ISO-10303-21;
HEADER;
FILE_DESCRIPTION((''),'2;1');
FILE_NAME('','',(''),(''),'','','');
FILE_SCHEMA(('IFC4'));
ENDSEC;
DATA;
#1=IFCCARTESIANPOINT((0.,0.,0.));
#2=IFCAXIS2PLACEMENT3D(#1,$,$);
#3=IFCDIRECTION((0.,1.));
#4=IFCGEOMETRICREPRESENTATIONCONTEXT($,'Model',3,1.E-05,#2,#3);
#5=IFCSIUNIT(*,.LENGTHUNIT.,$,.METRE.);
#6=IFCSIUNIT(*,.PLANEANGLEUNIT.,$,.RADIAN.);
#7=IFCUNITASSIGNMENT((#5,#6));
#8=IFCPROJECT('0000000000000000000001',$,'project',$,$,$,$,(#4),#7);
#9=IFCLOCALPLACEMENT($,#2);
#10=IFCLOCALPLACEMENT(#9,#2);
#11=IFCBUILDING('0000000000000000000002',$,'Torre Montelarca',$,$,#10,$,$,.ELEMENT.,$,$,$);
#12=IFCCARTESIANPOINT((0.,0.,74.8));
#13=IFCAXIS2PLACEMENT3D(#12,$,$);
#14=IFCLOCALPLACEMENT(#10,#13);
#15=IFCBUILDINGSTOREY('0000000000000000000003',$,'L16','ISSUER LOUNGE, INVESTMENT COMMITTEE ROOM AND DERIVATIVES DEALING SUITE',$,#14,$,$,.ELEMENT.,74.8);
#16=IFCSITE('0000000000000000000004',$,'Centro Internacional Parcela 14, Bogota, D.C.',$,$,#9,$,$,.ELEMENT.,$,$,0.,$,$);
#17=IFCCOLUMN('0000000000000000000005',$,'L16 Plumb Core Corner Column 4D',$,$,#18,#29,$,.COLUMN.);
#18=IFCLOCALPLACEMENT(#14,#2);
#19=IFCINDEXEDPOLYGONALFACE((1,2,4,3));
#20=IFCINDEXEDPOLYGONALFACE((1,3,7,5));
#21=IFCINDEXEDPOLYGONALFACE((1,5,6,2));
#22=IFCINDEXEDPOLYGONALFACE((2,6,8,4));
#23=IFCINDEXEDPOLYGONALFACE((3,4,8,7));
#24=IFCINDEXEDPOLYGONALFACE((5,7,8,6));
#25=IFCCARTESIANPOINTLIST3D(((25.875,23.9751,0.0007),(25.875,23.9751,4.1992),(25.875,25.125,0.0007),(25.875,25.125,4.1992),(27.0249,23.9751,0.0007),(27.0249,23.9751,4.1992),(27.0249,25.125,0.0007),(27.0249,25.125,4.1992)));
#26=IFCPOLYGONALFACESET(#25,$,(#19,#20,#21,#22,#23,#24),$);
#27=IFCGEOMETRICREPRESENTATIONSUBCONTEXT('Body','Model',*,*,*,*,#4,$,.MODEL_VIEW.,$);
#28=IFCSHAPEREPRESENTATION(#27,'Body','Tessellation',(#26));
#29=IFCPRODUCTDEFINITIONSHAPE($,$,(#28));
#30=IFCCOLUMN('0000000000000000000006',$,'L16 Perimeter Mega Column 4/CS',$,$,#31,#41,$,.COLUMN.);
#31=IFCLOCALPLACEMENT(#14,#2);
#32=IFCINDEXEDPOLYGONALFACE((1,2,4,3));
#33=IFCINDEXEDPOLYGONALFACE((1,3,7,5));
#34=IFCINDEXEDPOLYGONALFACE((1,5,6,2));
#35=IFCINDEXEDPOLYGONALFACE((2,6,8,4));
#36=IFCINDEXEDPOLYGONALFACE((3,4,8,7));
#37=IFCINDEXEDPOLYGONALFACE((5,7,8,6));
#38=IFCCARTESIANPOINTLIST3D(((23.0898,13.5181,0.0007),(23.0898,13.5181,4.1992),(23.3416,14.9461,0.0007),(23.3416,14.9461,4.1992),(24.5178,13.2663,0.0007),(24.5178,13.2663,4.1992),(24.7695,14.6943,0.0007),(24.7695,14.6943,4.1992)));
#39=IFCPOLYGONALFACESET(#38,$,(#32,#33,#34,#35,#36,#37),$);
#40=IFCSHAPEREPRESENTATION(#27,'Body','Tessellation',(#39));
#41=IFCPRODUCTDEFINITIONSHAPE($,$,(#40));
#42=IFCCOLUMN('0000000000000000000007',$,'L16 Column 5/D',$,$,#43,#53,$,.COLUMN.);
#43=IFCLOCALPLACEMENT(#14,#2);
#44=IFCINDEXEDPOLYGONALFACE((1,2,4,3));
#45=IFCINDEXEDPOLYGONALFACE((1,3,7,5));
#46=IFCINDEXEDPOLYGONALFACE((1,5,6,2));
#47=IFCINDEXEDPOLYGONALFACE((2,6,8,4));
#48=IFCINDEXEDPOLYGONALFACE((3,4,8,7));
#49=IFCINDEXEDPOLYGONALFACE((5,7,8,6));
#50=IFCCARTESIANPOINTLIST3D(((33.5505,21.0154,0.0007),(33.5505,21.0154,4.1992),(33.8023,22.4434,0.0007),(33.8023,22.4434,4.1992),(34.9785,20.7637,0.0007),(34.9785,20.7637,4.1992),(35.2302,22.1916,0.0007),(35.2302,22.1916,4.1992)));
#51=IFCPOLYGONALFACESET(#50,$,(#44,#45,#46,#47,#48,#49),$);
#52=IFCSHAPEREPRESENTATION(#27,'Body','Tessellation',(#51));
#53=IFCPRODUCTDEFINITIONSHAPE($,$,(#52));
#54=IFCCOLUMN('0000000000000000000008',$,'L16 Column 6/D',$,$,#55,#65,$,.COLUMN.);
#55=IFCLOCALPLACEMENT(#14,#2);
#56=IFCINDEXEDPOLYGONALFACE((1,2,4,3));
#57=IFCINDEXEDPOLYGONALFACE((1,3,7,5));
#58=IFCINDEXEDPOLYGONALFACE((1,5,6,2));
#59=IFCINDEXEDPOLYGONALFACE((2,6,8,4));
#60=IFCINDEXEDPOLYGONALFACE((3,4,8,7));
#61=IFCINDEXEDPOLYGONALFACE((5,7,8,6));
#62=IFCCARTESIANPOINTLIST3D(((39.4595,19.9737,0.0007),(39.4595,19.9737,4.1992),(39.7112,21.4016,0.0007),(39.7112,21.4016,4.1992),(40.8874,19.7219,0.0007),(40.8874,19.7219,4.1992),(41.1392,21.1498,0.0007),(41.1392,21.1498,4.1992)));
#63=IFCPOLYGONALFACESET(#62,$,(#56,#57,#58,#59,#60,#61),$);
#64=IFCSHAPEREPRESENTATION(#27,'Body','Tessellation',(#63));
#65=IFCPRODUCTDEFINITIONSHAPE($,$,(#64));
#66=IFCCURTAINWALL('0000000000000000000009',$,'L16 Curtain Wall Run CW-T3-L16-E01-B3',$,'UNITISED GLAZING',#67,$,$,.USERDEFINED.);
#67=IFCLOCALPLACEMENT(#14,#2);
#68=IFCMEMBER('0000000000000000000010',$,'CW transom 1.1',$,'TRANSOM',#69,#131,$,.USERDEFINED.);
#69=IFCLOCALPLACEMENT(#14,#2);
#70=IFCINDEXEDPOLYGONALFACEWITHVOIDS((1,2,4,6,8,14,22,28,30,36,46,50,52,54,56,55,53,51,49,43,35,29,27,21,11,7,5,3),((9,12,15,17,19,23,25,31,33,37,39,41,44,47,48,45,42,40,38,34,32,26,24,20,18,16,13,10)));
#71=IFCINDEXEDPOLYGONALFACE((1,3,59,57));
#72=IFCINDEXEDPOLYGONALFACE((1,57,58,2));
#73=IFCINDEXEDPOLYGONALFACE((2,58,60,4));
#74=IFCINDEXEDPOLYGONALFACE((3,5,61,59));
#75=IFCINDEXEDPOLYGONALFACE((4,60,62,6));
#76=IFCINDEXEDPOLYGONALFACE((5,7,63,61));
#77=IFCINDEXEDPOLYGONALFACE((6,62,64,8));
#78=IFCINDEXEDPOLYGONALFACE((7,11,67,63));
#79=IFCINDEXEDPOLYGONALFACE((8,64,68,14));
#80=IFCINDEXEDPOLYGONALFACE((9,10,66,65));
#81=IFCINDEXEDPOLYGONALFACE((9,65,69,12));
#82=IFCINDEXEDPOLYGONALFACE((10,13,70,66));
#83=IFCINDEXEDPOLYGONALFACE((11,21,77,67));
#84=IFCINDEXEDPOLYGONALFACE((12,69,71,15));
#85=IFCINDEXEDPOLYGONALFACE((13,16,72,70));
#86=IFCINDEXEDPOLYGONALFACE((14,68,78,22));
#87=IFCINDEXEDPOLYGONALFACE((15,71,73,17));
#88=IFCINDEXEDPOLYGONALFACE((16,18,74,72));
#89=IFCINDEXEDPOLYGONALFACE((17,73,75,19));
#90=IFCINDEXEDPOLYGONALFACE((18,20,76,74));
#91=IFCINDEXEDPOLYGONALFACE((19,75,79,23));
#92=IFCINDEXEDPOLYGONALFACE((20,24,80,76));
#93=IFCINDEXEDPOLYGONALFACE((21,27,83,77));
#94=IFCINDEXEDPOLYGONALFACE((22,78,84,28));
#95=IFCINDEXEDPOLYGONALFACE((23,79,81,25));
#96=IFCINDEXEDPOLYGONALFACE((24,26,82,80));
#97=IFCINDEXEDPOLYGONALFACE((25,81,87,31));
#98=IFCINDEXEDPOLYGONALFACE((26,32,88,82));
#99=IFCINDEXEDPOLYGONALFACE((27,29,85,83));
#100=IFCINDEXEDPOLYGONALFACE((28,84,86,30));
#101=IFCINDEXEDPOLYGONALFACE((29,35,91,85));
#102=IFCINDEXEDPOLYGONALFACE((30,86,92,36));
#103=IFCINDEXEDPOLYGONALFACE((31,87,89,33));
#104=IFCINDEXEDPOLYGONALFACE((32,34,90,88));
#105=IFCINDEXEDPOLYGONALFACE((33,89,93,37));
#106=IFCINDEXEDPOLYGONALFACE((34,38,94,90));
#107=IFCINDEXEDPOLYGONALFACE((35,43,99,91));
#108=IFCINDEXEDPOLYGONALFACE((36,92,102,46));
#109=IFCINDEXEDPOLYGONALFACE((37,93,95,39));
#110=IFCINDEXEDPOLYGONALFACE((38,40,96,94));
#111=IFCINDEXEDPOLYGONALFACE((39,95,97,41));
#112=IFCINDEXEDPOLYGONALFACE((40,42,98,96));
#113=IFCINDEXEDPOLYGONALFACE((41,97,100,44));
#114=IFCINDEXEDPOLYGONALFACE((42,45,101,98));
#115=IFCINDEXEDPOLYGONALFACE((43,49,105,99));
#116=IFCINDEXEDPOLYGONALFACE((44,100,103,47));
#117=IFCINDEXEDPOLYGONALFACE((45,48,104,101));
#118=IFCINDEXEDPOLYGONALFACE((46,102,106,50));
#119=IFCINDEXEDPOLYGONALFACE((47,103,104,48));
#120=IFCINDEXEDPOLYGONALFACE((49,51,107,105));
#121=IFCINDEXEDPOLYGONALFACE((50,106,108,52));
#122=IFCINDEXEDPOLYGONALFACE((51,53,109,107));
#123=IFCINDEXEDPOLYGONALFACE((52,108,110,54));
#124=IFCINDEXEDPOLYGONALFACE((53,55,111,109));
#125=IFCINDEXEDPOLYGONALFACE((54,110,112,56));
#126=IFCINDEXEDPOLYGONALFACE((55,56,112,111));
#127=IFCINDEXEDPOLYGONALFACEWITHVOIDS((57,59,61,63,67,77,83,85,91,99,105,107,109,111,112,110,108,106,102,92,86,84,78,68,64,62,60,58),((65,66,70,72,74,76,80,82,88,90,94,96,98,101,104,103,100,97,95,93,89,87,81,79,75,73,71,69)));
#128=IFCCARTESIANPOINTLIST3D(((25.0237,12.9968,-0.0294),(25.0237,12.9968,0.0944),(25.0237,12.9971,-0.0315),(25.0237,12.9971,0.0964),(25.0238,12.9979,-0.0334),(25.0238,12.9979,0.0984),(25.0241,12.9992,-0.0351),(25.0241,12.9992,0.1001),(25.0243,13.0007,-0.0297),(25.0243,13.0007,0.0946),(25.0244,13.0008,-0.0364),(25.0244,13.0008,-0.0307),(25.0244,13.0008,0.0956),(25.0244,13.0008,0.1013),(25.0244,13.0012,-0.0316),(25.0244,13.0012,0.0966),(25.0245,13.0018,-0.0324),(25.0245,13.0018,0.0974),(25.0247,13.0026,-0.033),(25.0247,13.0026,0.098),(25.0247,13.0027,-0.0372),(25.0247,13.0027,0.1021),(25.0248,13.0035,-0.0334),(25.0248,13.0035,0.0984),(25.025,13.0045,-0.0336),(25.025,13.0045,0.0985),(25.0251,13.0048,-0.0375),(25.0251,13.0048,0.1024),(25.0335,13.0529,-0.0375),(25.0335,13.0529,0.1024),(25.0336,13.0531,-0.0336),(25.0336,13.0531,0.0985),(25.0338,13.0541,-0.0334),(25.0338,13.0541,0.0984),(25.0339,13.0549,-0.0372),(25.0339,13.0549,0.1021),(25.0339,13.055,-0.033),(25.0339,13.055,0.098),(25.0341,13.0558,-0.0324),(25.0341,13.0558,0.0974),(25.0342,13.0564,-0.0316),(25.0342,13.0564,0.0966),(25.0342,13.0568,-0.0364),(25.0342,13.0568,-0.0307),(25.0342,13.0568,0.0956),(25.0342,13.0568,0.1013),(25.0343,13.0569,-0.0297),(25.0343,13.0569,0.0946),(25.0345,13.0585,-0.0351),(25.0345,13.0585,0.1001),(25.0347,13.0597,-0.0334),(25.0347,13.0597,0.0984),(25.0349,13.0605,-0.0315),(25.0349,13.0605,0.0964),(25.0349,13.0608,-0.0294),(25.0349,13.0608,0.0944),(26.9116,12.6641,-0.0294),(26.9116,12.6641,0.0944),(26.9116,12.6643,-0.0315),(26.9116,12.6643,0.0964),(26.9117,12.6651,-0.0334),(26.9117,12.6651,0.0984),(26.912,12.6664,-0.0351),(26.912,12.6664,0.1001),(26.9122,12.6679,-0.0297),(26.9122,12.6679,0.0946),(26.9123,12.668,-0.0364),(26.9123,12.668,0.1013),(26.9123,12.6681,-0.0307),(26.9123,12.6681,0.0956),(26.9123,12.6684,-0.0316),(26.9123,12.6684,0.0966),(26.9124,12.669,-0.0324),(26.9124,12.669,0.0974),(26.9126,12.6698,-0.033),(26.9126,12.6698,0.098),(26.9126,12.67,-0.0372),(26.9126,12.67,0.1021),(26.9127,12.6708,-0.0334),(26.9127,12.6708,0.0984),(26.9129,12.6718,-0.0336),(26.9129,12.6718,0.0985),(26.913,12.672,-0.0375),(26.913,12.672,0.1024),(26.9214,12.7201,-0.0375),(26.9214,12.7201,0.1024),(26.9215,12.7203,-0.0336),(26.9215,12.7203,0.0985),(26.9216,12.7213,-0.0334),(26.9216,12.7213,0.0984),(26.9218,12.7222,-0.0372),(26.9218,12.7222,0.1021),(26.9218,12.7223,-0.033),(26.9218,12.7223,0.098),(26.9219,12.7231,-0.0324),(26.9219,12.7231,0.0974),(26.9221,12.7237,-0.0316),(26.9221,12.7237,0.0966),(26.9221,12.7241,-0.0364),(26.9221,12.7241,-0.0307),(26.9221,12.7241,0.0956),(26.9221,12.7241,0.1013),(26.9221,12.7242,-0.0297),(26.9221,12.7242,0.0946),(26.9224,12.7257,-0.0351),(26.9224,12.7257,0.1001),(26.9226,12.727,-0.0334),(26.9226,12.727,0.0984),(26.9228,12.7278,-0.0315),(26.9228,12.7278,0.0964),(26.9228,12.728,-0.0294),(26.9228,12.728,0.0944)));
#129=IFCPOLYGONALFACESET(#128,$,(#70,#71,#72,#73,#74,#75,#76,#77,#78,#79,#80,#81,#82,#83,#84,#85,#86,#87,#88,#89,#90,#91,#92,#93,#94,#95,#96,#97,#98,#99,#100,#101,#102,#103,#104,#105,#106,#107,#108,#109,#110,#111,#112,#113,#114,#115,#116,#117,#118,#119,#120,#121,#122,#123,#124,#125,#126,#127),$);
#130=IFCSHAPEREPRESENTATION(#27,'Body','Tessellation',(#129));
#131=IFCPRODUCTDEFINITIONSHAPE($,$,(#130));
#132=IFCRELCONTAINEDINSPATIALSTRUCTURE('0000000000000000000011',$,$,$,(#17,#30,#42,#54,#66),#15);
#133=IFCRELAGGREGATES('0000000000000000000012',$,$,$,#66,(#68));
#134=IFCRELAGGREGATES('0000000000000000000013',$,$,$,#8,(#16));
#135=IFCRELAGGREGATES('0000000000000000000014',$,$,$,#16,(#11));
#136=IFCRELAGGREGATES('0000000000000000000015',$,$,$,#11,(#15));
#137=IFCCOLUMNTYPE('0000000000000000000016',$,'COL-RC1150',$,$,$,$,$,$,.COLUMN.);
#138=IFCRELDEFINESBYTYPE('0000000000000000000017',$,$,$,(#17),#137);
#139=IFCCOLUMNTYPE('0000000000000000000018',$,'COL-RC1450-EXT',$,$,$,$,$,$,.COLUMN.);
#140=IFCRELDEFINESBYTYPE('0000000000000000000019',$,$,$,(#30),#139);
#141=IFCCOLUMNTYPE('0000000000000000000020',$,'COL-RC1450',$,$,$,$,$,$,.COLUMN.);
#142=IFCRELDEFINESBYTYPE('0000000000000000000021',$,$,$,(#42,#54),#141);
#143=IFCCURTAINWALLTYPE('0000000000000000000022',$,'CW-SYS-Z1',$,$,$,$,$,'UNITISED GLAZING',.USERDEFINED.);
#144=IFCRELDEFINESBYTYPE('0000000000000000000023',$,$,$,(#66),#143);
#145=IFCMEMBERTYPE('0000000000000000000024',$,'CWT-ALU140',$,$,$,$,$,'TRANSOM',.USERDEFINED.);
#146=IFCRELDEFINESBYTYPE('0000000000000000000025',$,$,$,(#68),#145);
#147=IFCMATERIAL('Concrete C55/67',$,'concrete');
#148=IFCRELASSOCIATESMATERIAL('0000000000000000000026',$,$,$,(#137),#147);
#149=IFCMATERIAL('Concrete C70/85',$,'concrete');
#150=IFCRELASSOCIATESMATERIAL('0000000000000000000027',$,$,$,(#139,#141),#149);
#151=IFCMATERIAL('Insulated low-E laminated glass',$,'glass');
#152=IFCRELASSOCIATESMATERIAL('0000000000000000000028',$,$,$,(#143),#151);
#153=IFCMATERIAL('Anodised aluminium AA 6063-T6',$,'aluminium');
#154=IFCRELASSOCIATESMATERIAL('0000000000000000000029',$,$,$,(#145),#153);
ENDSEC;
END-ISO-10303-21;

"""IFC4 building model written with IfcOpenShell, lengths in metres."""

from ifc_helpers import new_model, si_unit, direction, frame, origin, origin_2d, place, context, subcontext, project, spatial, rectangle, hollow_rectangle, extrude, source, transform, mapped, material, material_profile, profile_set, type_object, element, aggregate, save


model = new_model("IFC4")

# Units and contexts
model_context = context("Model", 3, precision=1e-05, world=origin(), true_north=direction((0.0, 1.0)))
body_context = subcontext(model_context, "Body", "Model", "MODEL_VIEW")
ifc_project = project(units=[si_unit("LENGTHUNIT", "METRE"), si_unit("PLANEANGLEUNIT", "RADIAN")], contexts=[model_context])

# Site, building, storey
site_placement = place(None, origin())
site = spatial("IfcSite", under=ifc_project, at=site_placement, Name="Centro Internacional Parcela 14, Bogota, D.C.", CompositionType="ELEMENT", RefElevation=0.0)
building_placement = place(site_placement, origin())
building = spatial("IfcBuilding", under=site, at=building_placement, Name="Torre Montelarca", CompositionType="ELEMENT")
storey_placement = place(building_placement, frame((0.0, 0.0, 74.8)))
storey = spatial("IfcBuildingStorey", under=building, at=storey_placement, Name="L16", Description="ISSUER LOUNGE, INVESTMENT COMMITTEE ROOM AND DERIVATIVES DEALING SUITE", CompositionType="ELEMENT", Elevation=74.8)

# Columns
ifc_material_1 = material(Name="Concrete C55/67", Category="concrete")
ifc_material_profile_1 = material_profile(ifc_material_1, rectangle(XDim=1.1499, YDim=1.1499, at=origin_2d()), Name="RC1150X1150", Category="concrete")
ifc_profile_set_1 = profile_set([ifc_material_profile_1], Name="Concrete C55/67")
column_type_1 = type_object("IfcColumnType", Name="COL-RC1150", PredefinedType="COLUMN", material=ifc_profile_set_1)
shared_shape_1 = source(origin(), body_context, "Body", "SweptSolid", [
    extrude(rectangle(XDim=1.1499, YDim=1.1499, at=origin_2d()), origin(), (0.0, 0.0, 1.0), 4.1985),
])
column_1_placement = place(storey_placement, frame((26.45, 24.55, 0.0007), z_axis=(0.0, 0.0, 1.0), x_axis=(1.0, 0.0, 0.0)))
element("IfcColumn", 1, at=column_1_placement, inside=storey, type_object=column_type_1, Name="L16 Plumb Core Corner Column 4D", PredefinedType="COLUMN", context=body_context, shape_type="MappedRepresentation", body=[
    mapped(shared_shape_1, transform((0.0, 0.0, 0.0), scale=1.0)),
])
ifc_material_2 = material(Name="Concrete C70/85", Category="concrete")
ifc_material_profile_2 = material_profile(ifc_material_2, rectangle(XDim=1.45, YDim=1.45, at=origin_2d()), Name="RC1450X1450", Category="concrete")
ifc_profile_set_2 = profile_set([ifc_material_profile_2], Name="Concrete C70/85")
column_type_2 = type_object("IfcColumnType", Name="COL-RC1450-EXT", PredefinedType="COLUMN", material=ifc_profile_set_2)
shared_shape_2 = source(origin(), body_context, "Body", "SweptSolid", [
    extrude(rectangle(XDim=1.45, YDim=1.45, at=origin_2d()), origin(), (0.0, 0.0, 1.0), 4.1985),
])
column_2_placement = place(storey_placement, frame((23.9297, 14.1062, 0.0007), z_axis=(0.0, 0.0, 1.0), x_axis=(-0.984808, 0.173648, 0.0)))
element("IfcColumn", 2, at=column_2_placement, inside=storey, type_object=column_type_2, Name="L16 Perimeter Mega Column 4/CS", PredefinedType="COLUMN", context=body_context, shape_type="MappedRepresentation", body=[
    mapped(shared_shape_2, transform((0.0, 0.0, 0.0), scale=1.0)),
])
ifc_material_profile_3 = material_profile(ifc_material_2, rectangle(XDim=1.45, YDim=1.45, at=origin_2d()), Name="RC1450X1450", Category="concrete")
ifc_profile_set_3 = profile_set([ifc_material_profile_3], Name="Concrete C70/85")
column_type_3 = type_object("IfcColumnType", Name="COL-RC1450", PredefinedType="COLUMN", material=ifc_profile_set_3)
shared_shape_3 = source(origin(), body_context, "Body", "SweptSolid", [
    extrude(rectangle(XDim=1.45, YDim=1.45, at=origin_2d()), origin(), (0.0, 0.0, 1.0), 4.1985),
])
for number, where, z_axis, x_axis, name in (
    (3, (34.3904, 21.6035, 0.0007), (0.0, 0.0, 1.0), (-0.984808, 0.173648, 0.0), "L16 Column 5/D"),
    (4, (40.2993, 20.5618, 0.0007), (0.0, 0.0, 1.0), (-0.984808, 0.173648, 0.0), "L16 Column 6/D"),
):
    element("IfcColumn", number, at=place(storey_placement, frame(where, z_axis=z_axis, x_axis=x_axis)), inside=storey, type_object=column_type_3, Name=name, PredefinedType="COLUMN", context=body_context, shape_type="MappedRepresentation", body=[
        mapped(shared_shape_3, transform((0.0, 0.0, 0.0), scale=1.0)),
    ])

# Curtain wall, member
ifc_material_3 = material(Name="Insulated low-E laminated glass", Category="glass")
curtain_wall_type = type_object("IfcCurtainWallType", Name="CW-SYS-Z1", ElementType="UNITISED GLAZING", PredefinedType="USERDEFINED", material=ifc_material_3)
curtain_wall_1_placement = place(storey_placement, origin())
curtain_wall_1 = element("IfcCurtainWall", 5, at=curtain_wall_1_placement, inside=storey, type_object=curtain_wall_type, Name="L16 Curtain Wall Run CW-T3-L16-E01-B3", ObjectType="UNITISED GLAZING", PredefinedType="USERDEFINED")
ifc_material_4 = material(Name="Anodised aluminium AA 6063-T6", Category="aluminium")
ifc_material_profile_4 = material_profile(ifc_material_4, hollow_rectangle(XDim=0.0649, YDim=0.1399, WallThickness=0.0039, InnerFilletRadius=0.0039, OuterFilletRadius=0.0081, at=origin_2d()), Name="ALU65X140X4", Category="aluminium")
ifc_profile_set_4 = profile_set([ifc_material_profile_4], Name="Anodised aluminium AA 6063-T6")
member_type_1 = type_object("IfcMemberType", Name="CWT-ALU140", ElementType="TRANSOM", PredefinedType="USERDEFINED", material=ifc_profile_set_4)
shared_shape_4 = source(origin(), body_context, "Body", "SweptSolid", [
    extrude(hollow_rectangle(XDim=0.0649, YDim=0.1399, WallThickness=0.0039, InnerFilletRadius=0.0039, OuterFilletRadius=0.0081, at=origin_2d()), origin(), (0.0, 0.0, 1.0), 1.917),
])
member_1_placement = place(storey_placement, frame((25.0293, 13.0288, 0.0325), z_axis=(0.984819, -0.173582, 0.0), x_axis=(0.173582, 0.984819, 0.0)))
member_1 = element("IfcMember", 6, at=member_1_placement, type_object=member_type_1, Name="CW transom 1.1", ObjectType="TRANSOM", PredefinedType="USERDEFINED", context=body_context, shape_type="MappedRepresentation", body=[
    mapped(shared_shape_4, transform((0.0, 0.0, 0.0), scale=1.0)),
])

aggregate(curtain_wall_1, [member_1])

save(model, "model.ifc")
